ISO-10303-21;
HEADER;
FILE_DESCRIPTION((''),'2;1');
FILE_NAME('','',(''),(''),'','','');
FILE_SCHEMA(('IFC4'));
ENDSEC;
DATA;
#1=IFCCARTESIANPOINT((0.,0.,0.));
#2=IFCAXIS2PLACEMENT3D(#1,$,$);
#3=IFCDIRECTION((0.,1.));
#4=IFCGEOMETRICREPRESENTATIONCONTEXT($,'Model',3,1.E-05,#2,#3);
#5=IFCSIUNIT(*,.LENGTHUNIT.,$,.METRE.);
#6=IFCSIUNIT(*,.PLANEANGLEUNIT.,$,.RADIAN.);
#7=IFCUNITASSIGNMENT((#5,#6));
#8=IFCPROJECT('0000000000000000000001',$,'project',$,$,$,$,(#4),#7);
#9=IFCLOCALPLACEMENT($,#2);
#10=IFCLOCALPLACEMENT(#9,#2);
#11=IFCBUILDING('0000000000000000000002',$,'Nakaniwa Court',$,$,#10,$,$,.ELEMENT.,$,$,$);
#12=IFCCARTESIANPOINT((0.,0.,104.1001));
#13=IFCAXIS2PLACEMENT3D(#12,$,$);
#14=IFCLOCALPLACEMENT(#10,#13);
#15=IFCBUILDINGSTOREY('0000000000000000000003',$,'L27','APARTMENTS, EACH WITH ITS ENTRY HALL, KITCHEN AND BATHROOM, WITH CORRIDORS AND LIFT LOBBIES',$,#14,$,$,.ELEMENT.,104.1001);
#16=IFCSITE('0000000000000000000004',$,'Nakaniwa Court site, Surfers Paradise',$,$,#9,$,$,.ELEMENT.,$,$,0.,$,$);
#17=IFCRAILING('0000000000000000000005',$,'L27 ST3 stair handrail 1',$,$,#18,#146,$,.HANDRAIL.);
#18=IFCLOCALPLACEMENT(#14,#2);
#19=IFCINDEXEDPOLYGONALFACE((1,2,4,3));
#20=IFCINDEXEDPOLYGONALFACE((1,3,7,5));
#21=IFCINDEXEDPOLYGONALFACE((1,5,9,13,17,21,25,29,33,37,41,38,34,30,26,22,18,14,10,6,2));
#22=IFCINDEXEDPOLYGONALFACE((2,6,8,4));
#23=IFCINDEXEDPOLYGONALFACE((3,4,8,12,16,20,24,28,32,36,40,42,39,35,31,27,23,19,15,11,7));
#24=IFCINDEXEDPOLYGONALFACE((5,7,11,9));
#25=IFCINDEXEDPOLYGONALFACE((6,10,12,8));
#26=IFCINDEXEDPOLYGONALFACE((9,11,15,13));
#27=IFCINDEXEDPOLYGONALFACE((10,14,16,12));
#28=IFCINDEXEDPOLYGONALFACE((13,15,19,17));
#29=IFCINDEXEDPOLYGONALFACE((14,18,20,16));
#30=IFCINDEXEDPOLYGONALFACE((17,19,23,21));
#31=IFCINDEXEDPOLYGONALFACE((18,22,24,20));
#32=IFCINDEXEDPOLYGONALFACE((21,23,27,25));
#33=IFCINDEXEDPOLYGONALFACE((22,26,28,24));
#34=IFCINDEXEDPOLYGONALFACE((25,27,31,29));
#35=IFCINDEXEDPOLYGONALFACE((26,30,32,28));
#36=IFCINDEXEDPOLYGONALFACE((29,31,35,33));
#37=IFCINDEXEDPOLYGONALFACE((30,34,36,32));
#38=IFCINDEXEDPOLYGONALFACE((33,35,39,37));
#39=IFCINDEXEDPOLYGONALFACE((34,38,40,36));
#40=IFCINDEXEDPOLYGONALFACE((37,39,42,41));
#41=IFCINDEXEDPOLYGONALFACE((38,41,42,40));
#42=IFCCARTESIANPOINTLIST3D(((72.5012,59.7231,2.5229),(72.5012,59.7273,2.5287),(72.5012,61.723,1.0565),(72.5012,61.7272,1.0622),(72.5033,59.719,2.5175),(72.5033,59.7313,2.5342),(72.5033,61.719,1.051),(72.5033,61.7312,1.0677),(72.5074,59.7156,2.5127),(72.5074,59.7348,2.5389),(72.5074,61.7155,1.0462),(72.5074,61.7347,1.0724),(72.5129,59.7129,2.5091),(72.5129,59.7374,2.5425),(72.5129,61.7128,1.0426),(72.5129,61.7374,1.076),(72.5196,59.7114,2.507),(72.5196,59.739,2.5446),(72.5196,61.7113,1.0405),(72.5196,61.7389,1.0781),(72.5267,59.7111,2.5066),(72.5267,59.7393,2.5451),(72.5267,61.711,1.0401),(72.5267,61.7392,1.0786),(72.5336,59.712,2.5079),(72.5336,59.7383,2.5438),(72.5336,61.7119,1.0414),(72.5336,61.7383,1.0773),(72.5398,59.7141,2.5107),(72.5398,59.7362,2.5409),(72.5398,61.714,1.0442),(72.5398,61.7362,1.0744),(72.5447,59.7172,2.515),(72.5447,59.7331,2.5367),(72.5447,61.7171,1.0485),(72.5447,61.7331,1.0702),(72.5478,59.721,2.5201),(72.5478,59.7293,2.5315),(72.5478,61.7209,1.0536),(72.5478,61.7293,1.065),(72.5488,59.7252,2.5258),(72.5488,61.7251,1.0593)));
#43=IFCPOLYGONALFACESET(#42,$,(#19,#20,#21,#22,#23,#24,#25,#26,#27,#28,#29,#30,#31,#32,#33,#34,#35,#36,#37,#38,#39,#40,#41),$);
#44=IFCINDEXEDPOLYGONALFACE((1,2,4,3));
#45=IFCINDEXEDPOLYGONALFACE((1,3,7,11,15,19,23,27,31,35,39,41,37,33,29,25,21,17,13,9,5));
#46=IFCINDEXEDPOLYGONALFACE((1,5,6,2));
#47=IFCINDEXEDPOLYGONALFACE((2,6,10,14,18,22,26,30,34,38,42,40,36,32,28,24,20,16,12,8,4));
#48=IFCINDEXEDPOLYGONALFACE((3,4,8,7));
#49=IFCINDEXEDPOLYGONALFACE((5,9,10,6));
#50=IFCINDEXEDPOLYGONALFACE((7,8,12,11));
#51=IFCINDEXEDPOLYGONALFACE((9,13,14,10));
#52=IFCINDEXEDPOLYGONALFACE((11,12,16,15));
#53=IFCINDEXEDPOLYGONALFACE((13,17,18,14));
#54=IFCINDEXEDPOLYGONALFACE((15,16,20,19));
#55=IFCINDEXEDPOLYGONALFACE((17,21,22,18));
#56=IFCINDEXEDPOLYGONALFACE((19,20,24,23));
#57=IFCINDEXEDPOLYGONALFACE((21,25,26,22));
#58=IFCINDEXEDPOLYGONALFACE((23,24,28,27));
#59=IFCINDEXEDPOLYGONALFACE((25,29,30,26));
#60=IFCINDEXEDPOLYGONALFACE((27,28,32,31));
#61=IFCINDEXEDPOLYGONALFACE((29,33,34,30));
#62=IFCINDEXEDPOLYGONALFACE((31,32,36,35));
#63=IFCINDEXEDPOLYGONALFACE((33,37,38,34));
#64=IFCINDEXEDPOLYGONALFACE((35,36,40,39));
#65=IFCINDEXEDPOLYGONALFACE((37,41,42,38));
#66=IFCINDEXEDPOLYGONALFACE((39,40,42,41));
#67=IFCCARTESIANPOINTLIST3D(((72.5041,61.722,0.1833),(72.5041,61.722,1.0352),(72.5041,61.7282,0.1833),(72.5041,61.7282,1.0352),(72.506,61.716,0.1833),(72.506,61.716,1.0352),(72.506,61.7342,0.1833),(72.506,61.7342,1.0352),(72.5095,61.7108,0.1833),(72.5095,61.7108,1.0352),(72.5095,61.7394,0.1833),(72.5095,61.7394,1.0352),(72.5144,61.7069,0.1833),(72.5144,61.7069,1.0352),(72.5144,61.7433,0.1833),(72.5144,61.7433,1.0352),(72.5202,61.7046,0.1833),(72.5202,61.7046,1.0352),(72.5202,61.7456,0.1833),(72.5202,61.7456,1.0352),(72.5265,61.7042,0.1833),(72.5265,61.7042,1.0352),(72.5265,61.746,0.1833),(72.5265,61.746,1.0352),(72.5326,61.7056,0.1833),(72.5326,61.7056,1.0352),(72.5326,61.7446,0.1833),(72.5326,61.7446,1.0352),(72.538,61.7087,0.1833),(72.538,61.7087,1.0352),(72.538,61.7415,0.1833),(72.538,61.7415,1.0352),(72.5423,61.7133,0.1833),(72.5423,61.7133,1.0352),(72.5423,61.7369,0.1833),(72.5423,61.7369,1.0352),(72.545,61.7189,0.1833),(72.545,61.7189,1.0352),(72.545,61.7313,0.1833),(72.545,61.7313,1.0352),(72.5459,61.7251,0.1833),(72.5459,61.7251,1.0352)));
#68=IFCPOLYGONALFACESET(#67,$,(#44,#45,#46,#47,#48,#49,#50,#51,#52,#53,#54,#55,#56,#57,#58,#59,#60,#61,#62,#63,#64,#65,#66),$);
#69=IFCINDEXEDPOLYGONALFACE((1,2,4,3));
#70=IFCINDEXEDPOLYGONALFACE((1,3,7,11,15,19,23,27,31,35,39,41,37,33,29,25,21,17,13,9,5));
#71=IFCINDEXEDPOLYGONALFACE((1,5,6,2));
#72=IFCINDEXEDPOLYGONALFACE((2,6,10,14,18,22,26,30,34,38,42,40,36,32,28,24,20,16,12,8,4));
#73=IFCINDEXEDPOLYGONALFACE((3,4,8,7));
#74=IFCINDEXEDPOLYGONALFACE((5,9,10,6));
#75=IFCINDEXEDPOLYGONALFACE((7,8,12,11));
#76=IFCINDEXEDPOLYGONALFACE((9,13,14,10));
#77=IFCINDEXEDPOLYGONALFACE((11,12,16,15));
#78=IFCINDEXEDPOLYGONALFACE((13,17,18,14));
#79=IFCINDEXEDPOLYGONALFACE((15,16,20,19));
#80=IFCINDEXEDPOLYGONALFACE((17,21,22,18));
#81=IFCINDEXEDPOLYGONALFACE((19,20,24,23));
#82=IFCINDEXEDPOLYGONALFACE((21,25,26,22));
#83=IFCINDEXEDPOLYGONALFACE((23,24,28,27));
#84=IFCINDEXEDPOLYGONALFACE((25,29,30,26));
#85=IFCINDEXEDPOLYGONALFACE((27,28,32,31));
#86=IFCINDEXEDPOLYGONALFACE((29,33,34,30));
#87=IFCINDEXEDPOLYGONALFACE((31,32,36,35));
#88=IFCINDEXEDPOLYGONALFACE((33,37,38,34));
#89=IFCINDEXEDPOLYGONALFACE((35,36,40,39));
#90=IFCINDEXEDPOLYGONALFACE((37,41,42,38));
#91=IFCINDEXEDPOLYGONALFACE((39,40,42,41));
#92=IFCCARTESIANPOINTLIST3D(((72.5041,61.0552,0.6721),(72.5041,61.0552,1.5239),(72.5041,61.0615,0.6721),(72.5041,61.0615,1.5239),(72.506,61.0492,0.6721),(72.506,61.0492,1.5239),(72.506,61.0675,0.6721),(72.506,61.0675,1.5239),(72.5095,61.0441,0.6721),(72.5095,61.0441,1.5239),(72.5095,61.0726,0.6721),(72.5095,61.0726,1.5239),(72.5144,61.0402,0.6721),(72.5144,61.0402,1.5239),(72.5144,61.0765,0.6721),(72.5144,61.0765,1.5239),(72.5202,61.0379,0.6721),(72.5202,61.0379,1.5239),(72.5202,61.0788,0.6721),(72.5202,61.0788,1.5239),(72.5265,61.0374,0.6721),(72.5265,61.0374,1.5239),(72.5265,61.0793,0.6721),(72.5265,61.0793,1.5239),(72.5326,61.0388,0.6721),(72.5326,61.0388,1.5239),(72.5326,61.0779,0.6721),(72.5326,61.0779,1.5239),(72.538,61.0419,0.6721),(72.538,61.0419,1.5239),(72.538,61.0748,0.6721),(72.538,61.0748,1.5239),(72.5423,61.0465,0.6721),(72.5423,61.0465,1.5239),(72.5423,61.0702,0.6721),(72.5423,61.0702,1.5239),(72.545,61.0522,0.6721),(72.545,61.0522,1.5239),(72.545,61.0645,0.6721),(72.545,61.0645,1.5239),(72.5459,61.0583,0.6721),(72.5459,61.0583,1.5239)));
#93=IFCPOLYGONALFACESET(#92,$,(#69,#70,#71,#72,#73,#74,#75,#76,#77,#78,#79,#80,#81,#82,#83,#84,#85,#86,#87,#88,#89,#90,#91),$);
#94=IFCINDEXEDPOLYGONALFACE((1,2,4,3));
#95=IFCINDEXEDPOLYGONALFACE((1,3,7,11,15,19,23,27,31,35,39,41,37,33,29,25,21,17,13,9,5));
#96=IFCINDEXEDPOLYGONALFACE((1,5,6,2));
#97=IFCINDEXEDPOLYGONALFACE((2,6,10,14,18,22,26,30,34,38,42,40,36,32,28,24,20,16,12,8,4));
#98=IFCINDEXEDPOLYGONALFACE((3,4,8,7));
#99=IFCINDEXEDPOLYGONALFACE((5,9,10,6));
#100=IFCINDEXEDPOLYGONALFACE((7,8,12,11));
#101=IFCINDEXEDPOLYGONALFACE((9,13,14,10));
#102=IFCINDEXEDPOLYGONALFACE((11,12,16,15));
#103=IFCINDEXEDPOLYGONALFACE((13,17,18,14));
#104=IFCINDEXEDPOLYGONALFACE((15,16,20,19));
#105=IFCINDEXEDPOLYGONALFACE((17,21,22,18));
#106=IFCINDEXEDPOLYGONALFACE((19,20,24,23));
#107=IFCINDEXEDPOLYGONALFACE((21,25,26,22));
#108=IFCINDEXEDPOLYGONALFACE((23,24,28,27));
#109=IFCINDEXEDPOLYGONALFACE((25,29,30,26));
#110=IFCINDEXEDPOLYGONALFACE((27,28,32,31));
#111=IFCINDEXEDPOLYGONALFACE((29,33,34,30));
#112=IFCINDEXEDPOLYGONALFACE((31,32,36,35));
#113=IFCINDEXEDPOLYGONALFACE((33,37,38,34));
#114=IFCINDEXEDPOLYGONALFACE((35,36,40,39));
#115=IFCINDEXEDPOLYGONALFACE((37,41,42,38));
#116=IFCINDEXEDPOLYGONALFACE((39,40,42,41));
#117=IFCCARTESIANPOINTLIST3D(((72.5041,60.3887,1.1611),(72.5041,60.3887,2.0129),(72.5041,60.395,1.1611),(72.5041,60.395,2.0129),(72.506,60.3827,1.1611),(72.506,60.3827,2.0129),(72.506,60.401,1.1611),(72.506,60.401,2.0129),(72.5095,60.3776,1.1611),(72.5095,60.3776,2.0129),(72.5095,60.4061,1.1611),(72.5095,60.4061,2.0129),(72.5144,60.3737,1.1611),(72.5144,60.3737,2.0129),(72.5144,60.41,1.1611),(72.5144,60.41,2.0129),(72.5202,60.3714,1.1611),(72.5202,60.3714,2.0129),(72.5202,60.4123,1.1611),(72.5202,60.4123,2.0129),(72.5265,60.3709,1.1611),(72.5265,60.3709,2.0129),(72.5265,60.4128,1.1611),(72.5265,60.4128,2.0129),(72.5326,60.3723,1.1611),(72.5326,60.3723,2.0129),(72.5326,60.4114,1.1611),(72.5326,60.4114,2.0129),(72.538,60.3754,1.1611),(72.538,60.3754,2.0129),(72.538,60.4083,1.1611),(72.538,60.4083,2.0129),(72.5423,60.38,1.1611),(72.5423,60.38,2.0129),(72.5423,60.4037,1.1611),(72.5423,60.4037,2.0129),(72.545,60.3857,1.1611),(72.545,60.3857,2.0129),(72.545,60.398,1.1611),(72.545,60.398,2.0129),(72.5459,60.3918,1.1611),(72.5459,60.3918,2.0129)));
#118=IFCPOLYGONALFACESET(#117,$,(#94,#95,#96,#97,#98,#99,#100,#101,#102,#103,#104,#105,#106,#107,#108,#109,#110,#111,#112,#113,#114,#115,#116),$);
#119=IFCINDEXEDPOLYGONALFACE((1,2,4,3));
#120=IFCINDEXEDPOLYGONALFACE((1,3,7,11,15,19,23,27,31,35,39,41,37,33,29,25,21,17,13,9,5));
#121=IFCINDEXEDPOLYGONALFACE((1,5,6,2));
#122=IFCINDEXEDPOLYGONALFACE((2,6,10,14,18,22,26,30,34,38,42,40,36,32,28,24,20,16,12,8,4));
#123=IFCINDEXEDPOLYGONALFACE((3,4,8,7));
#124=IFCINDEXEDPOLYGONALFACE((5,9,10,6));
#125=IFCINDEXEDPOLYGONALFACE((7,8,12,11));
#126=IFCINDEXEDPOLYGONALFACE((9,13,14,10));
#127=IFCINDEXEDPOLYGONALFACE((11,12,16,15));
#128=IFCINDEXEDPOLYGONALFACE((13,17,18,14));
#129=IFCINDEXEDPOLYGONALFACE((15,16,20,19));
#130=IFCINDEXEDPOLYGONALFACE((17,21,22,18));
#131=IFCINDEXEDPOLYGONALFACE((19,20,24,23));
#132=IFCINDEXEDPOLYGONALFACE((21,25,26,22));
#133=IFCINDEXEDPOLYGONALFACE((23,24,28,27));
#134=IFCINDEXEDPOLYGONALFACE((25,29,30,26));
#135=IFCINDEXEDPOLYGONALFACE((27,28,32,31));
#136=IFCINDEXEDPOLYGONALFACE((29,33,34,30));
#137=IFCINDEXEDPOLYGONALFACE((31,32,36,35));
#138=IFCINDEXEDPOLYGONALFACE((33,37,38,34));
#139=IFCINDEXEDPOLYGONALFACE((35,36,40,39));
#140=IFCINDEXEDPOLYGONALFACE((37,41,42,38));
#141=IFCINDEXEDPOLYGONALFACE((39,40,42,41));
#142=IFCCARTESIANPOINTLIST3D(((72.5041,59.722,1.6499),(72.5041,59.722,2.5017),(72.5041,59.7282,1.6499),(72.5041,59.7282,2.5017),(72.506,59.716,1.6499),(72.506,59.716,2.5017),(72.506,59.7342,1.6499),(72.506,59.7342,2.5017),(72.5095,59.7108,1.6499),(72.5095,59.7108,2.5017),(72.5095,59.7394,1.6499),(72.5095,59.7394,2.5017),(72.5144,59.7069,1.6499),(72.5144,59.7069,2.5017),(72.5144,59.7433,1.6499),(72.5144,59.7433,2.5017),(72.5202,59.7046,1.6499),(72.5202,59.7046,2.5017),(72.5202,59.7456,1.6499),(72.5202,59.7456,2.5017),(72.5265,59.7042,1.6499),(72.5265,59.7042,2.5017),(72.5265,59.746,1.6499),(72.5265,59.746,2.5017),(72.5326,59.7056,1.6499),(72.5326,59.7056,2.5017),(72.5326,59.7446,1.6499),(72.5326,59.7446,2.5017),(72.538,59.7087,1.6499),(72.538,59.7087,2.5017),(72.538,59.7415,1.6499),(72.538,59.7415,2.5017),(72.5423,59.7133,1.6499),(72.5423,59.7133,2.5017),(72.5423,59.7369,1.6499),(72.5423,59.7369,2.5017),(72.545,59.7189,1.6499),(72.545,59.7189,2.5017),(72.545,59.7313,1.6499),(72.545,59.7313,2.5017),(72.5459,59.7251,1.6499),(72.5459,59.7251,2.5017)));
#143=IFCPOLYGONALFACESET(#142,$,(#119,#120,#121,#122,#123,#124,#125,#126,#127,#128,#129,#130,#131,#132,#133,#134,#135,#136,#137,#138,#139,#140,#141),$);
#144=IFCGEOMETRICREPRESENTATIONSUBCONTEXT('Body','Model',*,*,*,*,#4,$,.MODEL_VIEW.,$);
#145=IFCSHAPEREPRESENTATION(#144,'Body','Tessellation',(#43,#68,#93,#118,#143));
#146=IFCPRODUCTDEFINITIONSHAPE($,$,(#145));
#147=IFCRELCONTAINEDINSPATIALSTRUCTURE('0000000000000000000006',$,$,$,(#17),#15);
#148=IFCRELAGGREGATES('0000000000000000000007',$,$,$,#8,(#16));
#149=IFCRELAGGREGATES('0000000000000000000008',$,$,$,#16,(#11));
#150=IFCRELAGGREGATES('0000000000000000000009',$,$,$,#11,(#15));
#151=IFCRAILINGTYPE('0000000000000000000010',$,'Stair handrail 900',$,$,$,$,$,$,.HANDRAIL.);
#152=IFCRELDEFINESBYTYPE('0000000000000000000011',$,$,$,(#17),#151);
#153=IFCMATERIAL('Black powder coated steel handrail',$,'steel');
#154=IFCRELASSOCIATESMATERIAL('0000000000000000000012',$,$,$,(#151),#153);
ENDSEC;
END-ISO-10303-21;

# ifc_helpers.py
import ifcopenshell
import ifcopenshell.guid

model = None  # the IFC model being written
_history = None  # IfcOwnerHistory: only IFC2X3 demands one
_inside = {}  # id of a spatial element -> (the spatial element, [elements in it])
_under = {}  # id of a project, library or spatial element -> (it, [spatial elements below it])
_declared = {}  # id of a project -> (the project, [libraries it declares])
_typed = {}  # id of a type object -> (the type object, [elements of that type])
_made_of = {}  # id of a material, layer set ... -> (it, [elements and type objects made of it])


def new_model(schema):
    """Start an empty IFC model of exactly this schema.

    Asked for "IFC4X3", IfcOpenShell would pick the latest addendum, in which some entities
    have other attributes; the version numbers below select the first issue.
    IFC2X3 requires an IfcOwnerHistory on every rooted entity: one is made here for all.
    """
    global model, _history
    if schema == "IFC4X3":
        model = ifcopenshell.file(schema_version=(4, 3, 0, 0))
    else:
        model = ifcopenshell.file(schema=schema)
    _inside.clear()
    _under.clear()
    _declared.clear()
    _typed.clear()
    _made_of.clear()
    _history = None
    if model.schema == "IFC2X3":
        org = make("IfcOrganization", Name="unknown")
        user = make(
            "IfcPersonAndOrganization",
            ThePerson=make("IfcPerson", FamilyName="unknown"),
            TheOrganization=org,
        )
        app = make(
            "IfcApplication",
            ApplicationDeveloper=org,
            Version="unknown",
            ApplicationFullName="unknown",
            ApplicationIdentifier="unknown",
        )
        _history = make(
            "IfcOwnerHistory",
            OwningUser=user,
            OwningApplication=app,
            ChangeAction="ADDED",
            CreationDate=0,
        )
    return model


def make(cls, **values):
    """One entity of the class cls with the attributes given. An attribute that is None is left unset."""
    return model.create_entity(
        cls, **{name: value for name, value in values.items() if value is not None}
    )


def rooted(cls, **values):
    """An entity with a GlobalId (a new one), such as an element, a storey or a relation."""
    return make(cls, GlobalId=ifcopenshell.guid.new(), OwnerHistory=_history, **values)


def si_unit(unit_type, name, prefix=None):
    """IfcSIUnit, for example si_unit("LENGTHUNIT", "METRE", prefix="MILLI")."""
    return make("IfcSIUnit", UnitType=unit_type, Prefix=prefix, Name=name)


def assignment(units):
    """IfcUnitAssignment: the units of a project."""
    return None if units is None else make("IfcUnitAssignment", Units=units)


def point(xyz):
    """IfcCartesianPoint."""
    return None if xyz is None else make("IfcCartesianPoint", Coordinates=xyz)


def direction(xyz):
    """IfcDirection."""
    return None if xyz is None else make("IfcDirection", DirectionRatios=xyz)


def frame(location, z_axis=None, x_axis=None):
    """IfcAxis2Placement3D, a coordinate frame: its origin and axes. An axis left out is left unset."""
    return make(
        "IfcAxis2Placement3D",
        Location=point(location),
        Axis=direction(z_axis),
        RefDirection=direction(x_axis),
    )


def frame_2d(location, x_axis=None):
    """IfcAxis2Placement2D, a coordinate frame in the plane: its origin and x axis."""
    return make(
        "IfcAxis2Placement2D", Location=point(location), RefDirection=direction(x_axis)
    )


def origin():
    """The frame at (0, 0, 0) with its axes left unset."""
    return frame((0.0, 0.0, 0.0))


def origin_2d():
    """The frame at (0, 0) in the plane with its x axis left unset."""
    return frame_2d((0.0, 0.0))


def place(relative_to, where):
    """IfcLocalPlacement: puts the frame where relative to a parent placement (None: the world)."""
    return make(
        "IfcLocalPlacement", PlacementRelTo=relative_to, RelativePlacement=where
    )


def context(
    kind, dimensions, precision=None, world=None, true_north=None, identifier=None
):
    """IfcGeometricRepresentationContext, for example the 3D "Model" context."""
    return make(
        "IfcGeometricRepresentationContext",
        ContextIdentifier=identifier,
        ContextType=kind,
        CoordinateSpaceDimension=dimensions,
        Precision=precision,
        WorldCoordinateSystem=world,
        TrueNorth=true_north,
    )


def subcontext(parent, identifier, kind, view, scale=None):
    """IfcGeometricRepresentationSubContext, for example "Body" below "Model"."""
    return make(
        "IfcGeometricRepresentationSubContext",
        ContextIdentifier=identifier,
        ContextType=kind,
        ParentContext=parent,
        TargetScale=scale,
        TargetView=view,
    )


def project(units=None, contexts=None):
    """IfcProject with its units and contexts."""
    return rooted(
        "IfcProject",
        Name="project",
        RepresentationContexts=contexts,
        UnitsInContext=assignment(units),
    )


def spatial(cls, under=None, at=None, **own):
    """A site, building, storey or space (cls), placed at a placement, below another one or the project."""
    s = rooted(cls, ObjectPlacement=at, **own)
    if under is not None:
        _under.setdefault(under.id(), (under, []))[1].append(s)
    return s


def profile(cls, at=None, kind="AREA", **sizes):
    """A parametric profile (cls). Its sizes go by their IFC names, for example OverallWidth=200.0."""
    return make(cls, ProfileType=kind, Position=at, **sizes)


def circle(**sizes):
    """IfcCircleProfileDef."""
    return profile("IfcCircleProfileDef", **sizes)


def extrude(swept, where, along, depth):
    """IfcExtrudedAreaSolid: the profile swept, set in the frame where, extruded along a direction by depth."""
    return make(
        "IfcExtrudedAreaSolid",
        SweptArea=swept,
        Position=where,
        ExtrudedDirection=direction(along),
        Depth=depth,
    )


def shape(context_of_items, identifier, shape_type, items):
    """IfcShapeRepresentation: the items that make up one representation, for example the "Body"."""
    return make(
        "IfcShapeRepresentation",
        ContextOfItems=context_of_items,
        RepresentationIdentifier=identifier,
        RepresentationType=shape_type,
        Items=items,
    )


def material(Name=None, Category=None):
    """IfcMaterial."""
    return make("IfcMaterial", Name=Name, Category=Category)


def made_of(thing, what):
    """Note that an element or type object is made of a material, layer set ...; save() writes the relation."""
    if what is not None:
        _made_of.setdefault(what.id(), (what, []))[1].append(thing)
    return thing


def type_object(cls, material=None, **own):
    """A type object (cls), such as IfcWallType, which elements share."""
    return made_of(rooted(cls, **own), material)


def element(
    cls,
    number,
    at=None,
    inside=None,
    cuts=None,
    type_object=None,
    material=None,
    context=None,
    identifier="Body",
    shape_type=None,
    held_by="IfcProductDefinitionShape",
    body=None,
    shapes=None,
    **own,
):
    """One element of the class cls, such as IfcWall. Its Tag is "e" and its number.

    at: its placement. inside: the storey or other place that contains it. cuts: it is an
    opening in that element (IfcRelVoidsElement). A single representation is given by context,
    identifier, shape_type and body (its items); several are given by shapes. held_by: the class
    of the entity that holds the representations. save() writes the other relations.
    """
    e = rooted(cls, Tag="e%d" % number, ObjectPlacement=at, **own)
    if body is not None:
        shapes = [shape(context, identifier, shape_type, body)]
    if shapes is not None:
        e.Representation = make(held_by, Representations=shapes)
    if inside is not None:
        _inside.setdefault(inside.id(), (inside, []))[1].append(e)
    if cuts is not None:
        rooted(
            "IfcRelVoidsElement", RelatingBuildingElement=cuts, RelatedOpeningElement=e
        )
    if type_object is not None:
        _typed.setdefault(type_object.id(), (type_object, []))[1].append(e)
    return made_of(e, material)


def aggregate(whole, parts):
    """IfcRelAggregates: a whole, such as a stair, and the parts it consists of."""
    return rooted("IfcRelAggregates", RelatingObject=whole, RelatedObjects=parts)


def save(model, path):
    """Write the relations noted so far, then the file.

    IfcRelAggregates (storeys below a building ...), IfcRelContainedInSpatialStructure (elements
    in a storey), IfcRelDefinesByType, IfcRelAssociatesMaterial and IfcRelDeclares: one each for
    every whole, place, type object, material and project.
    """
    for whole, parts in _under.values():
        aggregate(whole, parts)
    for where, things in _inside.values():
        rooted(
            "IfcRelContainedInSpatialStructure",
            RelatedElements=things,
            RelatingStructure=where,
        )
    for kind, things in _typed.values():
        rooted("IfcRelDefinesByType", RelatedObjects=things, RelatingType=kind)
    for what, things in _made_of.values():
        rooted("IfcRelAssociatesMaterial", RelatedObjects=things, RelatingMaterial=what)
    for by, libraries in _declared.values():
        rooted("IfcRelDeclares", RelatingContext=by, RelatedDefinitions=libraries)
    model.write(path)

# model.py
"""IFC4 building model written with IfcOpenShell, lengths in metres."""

from ifc_helpers import new_model, si_unit, direction, frame, origin, origin_2d, place, context, subcontext, project, spatial, circle, extrude, material, type_object, element, save


model = new_model("IFC4")

# Units and contexts
model_context = context("Model", 3, precision=1e-05, world=origin(), true_north=direction((0.0, 1.0)))
body_context = subcontext(model_context, "Body", "Model", "MODEL_VIEW")
ifc_project = project(units=[si_unit("LENGTHUNIT", "METRE"), si_unit("PLANEANGLEUNIT", "RADIAN")], contexts=[model_context])

# Site, building, storey
site_placement = place(None, origin())
site = spatial("IfcSite", under=ifc_project, at=site_placement, Name="Nakaniwa Court site, Surfers Paradise", CompositionType="ELEMENT", RefElevation=0.0)
building_placement = place(site_placement, origin())
building = spatial("IfcBuilding", under=site, at=building_placement, Name="Nakaniwa Court", CompositionType="ELEMENT")
storey_placement = place(building_placement, frame((0.0, 0.0, 104.1001)))
storey = spatial("IfcBuildingStorey", under=building, at=storey_placement, Name="L27", Description="APARTMENTS, EACH WITH ITS ENTRY HALL, KITCHEN AND BATHROOM, WITH CORRIDORS AND LIFT LOBBIES", CompositionType="ELEMENT", Elevation=104.1001)

# Railing
ifc_material_1 = material(Name="Black powder coated steel handrail", Category="steel")
railing_type_1 = type_object("IfcRailingType", Name="Stair handrail 900", PredefinedType="HANDRAIL", material=ifc_material_1)
railing_1_placement = place(storey_placement, frame((72.5249, 61.7251, 0.1833)))
element("IfcRailing", 1, at=railing_1_placement, inside=storey, type_object=railing_type_1, Name="L27 ST3 stair handrail 1", PredefinedType="HANDRAIL", context=body_context, shape_type="SweptSolid", body=[
    extrude(circle(Radius=0.0239, at=origin_2d()), frame((0.0, 0.0, 0.876), z_axis=(0.0, -0.806427, 0.591334), x_axis=(1.0, 0.0, 0.0)), (0.0, 0.0, 1.0), 2.48),
    extrude(circle(Radius=0.021, at=origin_2d()), origin(), (0.0, 0.0, 1.0), 0.8518),
    extrude(circle(Radius=0.021, at=origin_2d()), frame((0.0, -0.6667, 0.4888)), (0.0, 0.0, 1.0), 0.8518),
    extrude(circle(Radius=0.021, at=origin_2d()), frame((0.0, -1.3333, 0.9778)), (0.0, 0.0, 1.0), 0.8518),
    extrude(circle(Radius=0.021, at=origin_2d()), frame((0.0, -2.0, 1.4666)), (0.0, 0.0, 1.0), 0.8518),
])

save(model, "model.ifc")
